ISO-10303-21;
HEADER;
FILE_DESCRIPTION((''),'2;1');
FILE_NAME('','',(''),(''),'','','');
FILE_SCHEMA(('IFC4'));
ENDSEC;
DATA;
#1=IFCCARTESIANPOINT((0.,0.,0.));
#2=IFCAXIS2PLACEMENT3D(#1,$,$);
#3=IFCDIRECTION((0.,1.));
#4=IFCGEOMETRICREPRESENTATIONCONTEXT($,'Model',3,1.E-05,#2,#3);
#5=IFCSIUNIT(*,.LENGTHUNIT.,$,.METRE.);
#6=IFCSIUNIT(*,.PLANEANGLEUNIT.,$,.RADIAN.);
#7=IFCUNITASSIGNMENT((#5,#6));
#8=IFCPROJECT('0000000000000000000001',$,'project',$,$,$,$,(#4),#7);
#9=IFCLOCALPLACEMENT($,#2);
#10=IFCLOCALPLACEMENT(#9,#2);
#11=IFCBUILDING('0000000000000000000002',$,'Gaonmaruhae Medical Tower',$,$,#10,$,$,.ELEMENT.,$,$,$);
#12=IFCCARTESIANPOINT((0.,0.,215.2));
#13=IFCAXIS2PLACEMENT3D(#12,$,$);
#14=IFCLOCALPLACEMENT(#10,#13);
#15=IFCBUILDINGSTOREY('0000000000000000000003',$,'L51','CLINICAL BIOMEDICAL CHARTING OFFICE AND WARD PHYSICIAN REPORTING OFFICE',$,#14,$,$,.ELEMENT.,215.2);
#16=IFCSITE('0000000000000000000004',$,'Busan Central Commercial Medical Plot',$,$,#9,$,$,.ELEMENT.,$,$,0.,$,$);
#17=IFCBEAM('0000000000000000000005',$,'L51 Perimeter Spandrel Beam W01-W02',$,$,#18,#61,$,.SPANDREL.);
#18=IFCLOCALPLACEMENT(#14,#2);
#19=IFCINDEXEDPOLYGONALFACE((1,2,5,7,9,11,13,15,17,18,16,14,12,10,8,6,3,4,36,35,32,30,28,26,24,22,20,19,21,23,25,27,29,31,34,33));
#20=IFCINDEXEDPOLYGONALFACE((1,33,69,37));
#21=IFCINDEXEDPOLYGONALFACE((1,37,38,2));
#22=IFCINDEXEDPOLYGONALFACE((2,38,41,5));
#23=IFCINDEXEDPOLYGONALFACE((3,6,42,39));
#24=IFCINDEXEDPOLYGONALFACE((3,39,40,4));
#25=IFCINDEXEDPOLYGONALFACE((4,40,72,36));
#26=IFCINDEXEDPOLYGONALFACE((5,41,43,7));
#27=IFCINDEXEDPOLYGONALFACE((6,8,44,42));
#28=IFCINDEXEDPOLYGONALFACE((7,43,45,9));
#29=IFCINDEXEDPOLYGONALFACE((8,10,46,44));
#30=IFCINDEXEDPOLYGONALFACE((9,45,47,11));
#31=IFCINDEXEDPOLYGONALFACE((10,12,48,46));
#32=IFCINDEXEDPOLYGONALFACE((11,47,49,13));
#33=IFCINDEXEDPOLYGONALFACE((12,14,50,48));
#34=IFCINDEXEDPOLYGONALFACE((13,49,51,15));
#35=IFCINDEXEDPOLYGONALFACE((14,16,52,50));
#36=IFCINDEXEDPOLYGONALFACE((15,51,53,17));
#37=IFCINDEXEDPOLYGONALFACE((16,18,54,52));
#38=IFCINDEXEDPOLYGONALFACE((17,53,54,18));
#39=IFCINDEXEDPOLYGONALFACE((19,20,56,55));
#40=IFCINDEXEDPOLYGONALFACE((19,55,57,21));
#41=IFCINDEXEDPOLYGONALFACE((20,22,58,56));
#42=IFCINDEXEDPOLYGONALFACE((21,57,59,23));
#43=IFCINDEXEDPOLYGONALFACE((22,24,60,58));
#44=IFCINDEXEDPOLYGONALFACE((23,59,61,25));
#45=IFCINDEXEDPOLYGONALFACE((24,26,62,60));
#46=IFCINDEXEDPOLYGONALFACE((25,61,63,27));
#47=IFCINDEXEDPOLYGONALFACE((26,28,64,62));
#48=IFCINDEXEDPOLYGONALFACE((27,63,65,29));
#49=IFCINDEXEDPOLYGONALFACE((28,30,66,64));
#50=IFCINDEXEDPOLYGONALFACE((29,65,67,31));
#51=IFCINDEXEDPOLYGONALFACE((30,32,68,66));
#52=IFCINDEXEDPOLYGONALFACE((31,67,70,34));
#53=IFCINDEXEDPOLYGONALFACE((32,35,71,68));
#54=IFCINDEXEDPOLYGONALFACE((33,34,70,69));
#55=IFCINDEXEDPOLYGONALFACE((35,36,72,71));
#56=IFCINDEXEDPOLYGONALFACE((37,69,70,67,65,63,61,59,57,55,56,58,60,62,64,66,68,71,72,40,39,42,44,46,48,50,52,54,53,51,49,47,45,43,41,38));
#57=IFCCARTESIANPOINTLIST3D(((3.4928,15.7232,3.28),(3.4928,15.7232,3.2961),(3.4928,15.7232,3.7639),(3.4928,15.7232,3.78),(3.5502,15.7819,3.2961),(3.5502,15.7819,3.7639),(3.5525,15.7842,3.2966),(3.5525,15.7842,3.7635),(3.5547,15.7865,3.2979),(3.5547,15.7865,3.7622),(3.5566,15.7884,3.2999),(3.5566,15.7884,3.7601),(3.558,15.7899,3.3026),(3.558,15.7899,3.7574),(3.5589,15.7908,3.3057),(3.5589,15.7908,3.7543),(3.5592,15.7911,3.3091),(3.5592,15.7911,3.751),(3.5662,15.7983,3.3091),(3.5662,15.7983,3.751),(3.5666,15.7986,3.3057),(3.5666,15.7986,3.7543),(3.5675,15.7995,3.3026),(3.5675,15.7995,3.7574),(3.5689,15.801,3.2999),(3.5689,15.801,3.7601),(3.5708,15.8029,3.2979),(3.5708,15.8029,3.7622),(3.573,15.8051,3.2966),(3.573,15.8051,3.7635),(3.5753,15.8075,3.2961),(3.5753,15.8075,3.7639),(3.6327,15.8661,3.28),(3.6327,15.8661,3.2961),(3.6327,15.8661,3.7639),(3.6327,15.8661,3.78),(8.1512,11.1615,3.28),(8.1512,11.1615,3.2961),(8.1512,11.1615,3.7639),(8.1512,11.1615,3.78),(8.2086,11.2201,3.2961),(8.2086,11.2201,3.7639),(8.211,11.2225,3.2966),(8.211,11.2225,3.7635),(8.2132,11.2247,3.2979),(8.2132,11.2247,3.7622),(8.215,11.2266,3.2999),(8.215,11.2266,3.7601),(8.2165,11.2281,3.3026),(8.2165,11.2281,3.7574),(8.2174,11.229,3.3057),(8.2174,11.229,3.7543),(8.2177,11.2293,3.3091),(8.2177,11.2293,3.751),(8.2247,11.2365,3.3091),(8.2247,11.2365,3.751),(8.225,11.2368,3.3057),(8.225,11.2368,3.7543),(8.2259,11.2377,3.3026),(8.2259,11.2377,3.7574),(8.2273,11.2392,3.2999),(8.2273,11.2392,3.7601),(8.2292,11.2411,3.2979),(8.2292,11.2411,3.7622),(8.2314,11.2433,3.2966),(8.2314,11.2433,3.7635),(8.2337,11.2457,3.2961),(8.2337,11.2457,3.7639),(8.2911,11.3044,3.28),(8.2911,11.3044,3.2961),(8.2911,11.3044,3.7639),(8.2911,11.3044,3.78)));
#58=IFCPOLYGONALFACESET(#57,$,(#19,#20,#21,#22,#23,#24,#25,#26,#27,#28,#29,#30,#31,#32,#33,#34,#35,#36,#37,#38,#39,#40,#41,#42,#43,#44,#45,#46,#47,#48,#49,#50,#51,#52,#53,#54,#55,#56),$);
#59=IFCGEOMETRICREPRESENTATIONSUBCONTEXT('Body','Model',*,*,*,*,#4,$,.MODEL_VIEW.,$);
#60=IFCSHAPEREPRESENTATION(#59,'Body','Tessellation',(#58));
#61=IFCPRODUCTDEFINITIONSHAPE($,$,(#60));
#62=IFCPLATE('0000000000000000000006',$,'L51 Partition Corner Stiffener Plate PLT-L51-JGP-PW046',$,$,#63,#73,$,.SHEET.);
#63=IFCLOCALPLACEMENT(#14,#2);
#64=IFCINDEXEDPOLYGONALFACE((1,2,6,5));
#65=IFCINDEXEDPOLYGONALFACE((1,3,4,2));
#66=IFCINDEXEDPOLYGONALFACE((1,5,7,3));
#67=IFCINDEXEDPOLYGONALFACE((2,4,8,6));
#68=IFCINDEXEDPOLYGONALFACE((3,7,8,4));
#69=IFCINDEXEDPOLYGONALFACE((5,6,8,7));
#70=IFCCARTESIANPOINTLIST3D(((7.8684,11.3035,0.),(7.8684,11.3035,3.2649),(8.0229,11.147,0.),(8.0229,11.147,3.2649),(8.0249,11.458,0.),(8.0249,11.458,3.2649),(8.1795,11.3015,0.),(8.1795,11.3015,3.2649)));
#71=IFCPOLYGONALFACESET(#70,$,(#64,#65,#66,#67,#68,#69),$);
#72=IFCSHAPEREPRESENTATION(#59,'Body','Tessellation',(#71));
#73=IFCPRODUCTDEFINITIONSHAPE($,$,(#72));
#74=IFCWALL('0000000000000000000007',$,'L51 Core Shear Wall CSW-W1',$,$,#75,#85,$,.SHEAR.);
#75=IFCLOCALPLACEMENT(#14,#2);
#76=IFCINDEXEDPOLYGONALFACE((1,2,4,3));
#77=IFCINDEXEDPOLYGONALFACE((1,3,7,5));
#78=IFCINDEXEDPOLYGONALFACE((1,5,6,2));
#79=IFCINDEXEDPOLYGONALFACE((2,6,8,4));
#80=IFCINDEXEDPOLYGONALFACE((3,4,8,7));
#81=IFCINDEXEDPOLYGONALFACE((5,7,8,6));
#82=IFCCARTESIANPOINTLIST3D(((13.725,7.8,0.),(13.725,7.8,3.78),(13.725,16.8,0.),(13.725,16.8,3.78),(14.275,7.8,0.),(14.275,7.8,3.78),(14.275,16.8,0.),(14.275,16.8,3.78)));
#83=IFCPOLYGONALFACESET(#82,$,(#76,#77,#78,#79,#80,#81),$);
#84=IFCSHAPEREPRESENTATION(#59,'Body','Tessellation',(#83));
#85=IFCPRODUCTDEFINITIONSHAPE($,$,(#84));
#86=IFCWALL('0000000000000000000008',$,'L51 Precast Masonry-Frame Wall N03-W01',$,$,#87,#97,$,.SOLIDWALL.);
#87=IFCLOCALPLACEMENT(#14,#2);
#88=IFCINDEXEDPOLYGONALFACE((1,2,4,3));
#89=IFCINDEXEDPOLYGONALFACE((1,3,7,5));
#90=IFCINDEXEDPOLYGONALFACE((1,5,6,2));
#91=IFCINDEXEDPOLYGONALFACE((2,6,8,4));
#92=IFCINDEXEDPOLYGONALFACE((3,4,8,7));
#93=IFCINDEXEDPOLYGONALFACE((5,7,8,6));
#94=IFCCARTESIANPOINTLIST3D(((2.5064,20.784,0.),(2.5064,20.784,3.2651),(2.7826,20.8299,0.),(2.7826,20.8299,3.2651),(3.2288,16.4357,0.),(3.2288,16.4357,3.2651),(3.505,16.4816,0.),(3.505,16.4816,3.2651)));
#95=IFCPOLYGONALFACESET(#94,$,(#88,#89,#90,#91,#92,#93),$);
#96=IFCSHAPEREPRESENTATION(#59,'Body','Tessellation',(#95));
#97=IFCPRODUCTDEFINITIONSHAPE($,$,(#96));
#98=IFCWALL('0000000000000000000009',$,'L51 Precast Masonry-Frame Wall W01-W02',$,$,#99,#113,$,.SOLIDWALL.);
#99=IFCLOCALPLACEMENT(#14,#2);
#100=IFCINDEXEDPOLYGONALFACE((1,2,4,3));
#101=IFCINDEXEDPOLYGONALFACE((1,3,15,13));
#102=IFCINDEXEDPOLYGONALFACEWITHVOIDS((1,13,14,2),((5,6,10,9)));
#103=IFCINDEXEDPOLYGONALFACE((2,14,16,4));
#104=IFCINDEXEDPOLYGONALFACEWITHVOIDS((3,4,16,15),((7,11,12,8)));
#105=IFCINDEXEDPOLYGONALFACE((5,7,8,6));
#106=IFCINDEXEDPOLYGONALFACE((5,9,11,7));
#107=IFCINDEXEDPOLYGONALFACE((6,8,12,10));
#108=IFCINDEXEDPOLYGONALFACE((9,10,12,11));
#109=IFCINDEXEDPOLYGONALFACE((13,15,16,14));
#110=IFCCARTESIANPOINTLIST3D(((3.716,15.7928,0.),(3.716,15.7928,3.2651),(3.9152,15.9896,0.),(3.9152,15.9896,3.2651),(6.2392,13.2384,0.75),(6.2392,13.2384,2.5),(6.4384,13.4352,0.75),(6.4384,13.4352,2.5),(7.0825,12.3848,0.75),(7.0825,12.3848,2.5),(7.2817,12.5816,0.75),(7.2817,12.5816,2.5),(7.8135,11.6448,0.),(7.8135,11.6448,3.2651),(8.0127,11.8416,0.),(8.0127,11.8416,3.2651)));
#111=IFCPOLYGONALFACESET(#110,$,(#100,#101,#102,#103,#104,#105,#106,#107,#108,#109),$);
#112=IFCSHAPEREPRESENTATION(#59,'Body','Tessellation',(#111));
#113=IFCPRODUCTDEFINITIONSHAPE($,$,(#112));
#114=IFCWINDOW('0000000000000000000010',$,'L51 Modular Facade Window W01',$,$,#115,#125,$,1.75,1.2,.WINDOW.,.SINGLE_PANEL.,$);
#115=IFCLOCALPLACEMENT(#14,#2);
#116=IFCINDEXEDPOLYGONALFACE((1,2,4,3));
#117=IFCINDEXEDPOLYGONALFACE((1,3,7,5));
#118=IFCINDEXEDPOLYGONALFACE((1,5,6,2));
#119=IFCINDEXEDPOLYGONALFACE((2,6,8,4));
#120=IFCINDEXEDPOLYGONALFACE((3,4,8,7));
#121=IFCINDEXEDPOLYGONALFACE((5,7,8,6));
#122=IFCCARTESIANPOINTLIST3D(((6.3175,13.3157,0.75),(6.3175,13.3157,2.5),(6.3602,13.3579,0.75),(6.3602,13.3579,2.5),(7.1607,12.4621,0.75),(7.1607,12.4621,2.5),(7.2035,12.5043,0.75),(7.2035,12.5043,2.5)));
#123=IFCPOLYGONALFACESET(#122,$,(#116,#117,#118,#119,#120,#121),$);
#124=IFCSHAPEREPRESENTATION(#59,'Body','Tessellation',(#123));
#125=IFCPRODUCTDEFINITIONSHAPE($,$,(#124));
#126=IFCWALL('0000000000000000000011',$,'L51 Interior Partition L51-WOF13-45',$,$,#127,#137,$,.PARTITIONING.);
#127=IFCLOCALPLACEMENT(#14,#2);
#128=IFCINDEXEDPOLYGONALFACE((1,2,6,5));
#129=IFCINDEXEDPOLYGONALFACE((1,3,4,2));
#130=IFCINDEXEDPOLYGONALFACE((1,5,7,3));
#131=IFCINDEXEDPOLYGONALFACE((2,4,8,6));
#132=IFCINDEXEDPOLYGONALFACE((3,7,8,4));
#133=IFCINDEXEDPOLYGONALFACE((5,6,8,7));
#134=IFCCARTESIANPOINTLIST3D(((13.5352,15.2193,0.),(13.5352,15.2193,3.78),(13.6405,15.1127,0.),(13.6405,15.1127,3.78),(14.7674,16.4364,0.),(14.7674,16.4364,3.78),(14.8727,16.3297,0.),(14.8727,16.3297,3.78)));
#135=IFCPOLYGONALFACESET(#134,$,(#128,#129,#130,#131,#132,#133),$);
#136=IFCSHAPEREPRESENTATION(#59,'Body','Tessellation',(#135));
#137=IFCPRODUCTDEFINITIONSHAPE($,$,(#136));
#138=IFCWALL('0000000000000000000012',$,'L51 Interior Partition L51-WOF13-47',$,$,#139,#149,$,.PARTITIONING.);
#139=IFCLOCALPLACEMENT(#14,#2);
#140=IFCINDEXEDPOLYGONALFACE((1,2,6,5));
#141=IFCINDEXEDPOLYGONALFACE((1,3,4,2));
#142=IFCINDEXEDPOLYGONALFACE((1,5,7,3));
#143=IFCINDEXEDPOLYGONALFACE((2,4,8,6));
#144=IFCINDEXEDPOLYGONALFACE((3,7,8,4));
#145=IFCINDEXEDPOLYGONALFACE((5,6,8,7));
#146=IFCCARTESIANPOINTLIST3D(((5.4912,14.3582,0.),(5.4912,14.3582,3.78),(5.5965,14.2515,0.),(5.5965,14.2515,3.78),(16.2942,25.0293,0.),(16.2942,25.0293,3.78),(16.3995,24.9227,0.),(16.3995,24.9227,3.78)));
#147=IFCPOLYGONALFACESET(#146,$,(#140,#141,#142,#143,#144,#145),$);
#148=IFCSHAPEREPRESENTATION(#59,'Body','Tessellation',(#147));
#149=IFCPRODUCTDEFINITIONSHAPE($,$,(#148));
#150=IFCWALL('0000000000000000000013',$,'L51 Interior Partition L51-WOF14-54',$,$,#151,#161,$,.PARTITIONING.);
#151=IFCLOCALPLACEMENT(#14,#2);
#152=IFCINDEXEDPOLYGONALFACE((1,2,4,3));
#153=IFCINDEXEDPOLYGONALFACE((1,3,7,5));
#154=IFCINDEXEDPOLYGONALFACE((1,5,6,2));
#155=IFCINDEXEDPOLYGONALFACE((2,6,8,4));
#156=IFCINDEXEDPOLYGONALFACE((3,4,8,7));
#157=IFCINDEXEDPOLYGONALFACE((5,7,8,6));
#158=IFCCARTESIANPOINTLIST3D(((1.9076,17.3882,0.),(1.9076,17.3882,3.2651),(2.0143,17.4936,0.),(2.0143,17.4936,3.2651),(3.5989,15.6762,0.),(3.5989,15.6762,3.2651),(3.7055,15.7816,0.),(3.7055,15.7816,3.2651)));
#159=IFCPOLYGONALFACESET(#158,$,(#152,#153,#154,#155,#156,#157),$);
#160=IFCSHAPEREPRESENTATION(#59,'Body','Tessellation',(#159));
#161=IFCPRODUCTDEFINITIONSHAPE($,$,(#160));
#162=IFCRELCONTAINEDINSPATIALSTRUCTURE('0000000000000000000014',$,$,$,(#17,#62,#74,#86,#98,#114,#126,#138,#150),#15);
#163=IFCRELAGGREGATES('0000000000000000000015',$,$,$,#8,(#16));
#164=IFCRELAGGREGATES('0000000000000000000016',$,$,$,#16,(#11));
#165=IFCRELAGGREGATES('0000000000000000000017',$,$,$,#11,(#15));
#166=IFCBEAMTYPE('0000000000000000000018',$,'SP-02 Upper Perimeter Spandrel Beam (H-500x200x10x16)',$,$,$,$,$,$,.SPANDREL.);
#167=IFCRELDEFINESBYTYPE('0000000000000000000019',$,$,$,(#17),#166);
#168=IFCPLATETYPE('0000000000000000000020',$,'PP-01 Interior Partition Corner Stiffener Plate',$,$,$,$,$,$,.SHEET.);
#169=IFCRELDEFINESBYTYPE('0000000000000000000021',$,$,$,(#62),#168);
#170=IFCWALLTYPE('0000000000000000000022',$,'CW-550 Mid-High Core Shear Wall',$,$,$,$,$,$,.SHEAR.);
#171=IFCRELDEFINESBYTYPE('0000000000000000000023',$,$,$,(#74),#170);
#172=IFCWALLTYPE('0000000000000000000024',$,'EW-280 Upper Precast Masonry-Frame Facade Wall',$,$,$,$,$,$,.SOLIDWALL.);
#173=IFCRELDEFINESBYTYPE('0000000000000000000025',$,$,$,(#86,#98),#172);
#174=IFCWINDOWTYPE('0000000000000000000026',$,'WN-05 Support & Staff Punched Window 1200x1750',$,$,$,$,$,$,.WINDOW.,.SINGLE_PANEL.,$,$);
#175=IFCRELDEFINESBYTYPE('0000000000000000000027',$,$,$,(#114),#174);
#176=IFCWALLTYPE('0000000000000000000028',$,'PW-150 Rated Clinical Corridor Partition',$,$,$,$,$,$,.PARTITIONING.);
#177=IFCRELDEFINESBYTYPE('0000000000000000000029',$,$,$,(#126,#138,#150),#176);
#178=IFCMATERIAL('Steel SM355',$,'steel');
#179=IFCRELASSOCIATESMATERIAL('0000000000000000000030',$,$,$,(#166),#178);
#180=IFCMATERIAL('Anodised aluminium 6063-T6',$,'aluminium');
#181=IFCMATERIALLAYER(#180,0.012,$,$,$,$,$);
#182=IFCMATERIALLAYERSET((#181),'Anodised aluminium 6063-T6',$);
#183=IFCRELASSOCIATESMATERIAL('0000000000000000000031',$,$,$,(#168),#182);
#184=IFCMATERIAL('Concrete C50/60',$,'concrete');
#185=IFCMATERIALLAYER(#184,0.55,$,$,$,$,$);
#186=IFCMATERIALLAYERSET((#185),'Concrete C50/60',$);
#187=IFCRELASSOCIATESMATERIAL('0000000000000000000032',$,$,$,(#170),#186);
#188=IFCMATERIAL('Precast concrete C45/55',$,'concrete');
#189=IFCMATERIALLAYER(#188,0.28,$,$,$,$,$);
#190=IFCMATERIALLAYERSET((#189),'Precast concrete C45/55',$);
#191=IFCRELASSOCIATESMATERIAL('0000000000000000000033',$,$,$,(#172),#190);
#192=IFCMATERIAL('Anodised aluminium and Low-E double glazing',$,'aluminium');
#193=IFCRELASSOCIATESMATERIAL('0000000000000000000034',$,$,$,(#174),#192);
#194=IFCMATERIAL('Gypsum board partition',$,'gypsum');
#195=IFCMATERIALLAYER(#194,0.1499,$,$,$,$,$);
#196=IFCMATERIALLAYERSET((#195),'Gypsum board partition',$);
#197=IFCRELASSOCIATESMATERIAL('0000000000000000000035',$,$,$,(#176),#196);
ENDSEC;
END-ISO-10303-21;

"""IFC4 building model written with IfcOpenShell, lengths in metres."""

from ifc_helpers import new_model, si_unit, direction, frame, frame_2d, origin, origin_2d, place, context, subcontext, project, spatial, rectangle, i_section, extrude, material, layer, layer_set, material_profile, profile_set, type_object, element, fill, save


model = new_model("IFC4")

# Units and contexts
model_context = context("Model", 3, precision=1e-05, world=origin(), true_north=direction((0.0, 1.0)))
body_context = subcontext(model_context, "Body", "Model", "MODEL_VIEW")
ifc_project = project(units=[si_unit("LENGTHUNIT", "METRE"), si_unit("PLANEANGLEUNIT", "RADIAN")], contexts=[model_context])

# Site, building, storey
site_placement = place(None, origin())
site = spatial("IfcSite", under=ifc_project, at=site_placement, Name="Busan Central Commercial Medical Plot", CompositionType="ELEMENT", RefElevation=0.0)
building_placement = place(site_placement, origin())
building = spatial("IfcBuilding", under=site, at=building_placement, Name="Gaonmaruhae Medical Tower", CompositionType="ELEMENT")
storey_placement = place(building_placement, frame((0.0, 0.0, 215.2)))
storey = spatial("IfcBuildingStorey", under=building, at=storey_placement, Name="L51", Description="CLINICAL BIOMEDICAL CHARTING OFFICE AND WARD PHYSICIAN REPORTING OFFICE", CompositionType="ELEMENT", Elevation=215.2)

# Shared definitions
ifc_material_1 = material(Name="Concrete C50/60", Category="concrete")

# Beam
ifc_material_2 = material(Name="Steel SM355", Category="steel")
ifc_material_profile_1 = material_profile(ifc_material_2, i_section(OverallWidth=0.2, OverallDepth=0.5, WebThickness=0.01, FlangeThickness=0.0161, FilletRadius=0.0129, at=origin_2d()), Name="H-500x200x10x16")
ifc_profile_set_1 = profile_set([ifc_material_profile_1], Name="Steel SM355")
beam_type_1 = type_object("IfcBeamType", Name="SP-02 Upper Perimeter Spandrel Beam (H-500x200x10x16)", PredefinedType="SPANDREL", material=ifc_profile_set_1)
beam_1_placement = place(storey_placement, frame((3.5627, 15.7947, 3.53), z_axis=(0.714482, -0.699654, 0.0), x_axis=(0.699654, 0.714482, 0.0)))
element("IfcBeam", 1, at=beam_1_placement, inside=storey, type_object=beam_type_1, Name="L51 Perimeter Spandrel Beam W01-W02", PredefinedType="SPANDREL", context=body_context, shape_type="SweptSolid", body=[
    extrude(i_section(OverallWidth=0.2, OverallDepth=0.5, WebThickness=0.01, FlangeThickness=0.0161, FilletRadius=0.0129, at=origin_2d()), origin(), (0.0, 0.0, 1.0), 6.52),
])

# Plate
ifc_material_3 = material(Name="Anodised aluminium 6063-T6", Category="aluminium")
ifc_layer_1 = layer(ifc_material_3, 0.012)
ifc_layer_set_1 = layer_set([ifc_layer_1], Name="Anodised aluminium 6063-T6")
plate_type = type_object("IfcPlateType", Name="PP-01 Interior Partition Corner Stiffener Plate", PredefinedType="SHEET", material=ifc_layer_set_1)
plate_placement = place(storey_placement, frame((8.0239, 11.3025, 0.0), z_axis=(0.0, 0.0, 1.0), x_axis=(-0.702625, 0.71156, 0.0)))
element("IfcPlate", 2, at=plate_placement, inside=storey, type_object=plate_type, Name="L51 Partition Corner Stiffener Plate PLT-L51-JGP-PW046", PredefinedType="SHEET", context=body_context, shape_type="SweptSolid", body=[
    extrude(rectangle(XDim=0.22, YDim=0.22, at=origin_2d()), origin(), (0.0, 0.0, 1.0), 3.2649),
])

# Walls
ifc_layer_2 = layer(ifc_material_1, 0.55)
ifc_layer_set_2 = layer_set([ifc_layer_2], Name="Concrete C50/60")
wall_type_1 = type_object("IfcWallType", Name="CW-550 Mid-High Core Shear Wall", PredefinedType="SHEAR", material=ifc_layer_set_2)
wall_1_placement = place(storey_placement, frame((14.0, 16.8, 0.0), z_axis=(0.0, 0.0, 1.0), x_axis=(0.0, -1.0, 0.0)))
element("IfcWall", 3, at=wall_1_placement, inside=storey, type_object=wall_type_1, Name="L51 Core Shear Wall CSW-W1", PredefinedType="SHEAR", context=body_context, shape_type="SweptSolid", body=[
    extrude(rectangle(XDim=9.0, YDim=0.55, at=frame_2d((4.5, 0.0))), origin(), (0.0, 0.0, 1.0), 3.78),
])
ifc_material_4 = material(Name="Precast concrete C45/55", Category="concrete")
ifc_layer_3 = layer(ifc_material_4, 0.28)
ifc_layer_set_3 = layer_set([ifc_layer_3], Name="Precast concrete C45/55")
wall_type_2 = type_object("IfcWallType", Name="EW-280 Upper Precast Masonry-Frame Facade Wall", PredefinedType="SOLIDWALL", material=ifc_layer_set_3)
wall_2_placement = place(storey_placement, frame((3.3669, 16.4585, 0.0), z_axis=(0.0, 0.0, 1.0), x_axis=(-0.163887, 0.986479, 0.0)))
element("IfcWall", 4, at=wall_2_placement, inside=storey, type_object=wall_type_2, Name="L51 Precast Masonry-Frame Wall N03-W01", PredefinedType="SOLIDWALL", context=body_context, shape_type="SweptSolid", body=[
    extrude(rectangle(XDim=4.408, YDim=0.28, at=frame_2d((2.2041, 0.0))), origin(), (0.0, 0.0, 1.0), 3.2651),
])

# Wall, opening, window
wall_3_placement = place(storey_placement, frame((7.9131, 11.7432, 0.0), z_axis=(0.0, 0.0, 1.0), x_axis=(-0.70276, 0.711427, 0.0)))
wall_3 = element("IfcWall", 5, at=wall_3_placement, inside=storey, type_object=wall_type_2, Name="L51 Precast Masonry-Frame Wall W01-W02", PredefinedType="SOLIDWALL", context=body_context, shape_type="SweptSolid", body=[
    extrude(rectangle(XDim=5.8306, YDim=0.28, at=frame_2d((2.9153, 0.0))), origin(), (0.0, 0.0, 1.0), 3.2651),
])
opening_1_placement = place(wall_3_placement, frame((1.04, 0.0, 0.75)))
opening_1 = element("IfcOpeningElement", 6, at=opening_1_placement, cuts=wall_3, PredefinedType="OPENING", context=body_context, shape_type="SweptSolid", body=[
    extrude(rectangle(XDim=1.2, YDim=1.75, at=frame_2d((0.6001, 0.875))), frame((0.0, 0.1499, 0.0), z_axis=(0.0, -1.0, 0.0), x_axis=(1.0, 0.0, 0.0)), (0.0, 0.0, 1.0), 0.3),
])
ifc_material_5 = material(Name="Anodised aluminium and Low-E double glazing", Category="aluminium")
window_type = type_object("IfcWindowType", Name="WN-05 Support & Staff Punched Window 1200x1750", PartitioningType="SINGLE_PANEL", PredefinedType="WINDOW", material=ifc_material_5)
window_placement = place(opening_1_placement, origin())
window = element("IfcWindow", 7, at=window_placement, inside=storey, type_object=window_type, Name="L51 Modular Facade Window W01", OverallHeight=1.75, OverallWidth=1.2, PartitioningType="SINGLE_PANEL", PredefinedType="WINDOW", context=body_context, shape_type="SweptSolid", body=[
    extrude(rectangle(XDim=1.2, YDim=1.75, at=frame_2d((0.6001, 0.875))), frame((0.0, 0.03, 0.0), z_axis=(0.0, -1.0, 0.0), x_axis=(1.0, 0.0, 0.0)), (0.0, 0.0, 1.0), 0.0601),
])
fill(opening_1, window)

# Walls
ifc_material_6 = material(Name="Gypsum board partition", Category="gypsum")
ifc_layer_4 = layer(ifc_material_6, 0.1499)
ifc_layer_set_4 = layer_set([ifc_layer_4], Name="Gypsum board partition")
wall_type_3 = type_object("IfcWallType", Name="PW-150 Rated Clinical Corridor Partition", PredefinedType="PARTITIONING", material=ifc_layer_set_4)
wall_4_placement = place(storey_placement, frame((14.8201, 16.3831, 0.0), z_axis=(0.0, 0.0, 1.0), x_axis=(-0.711463, -0.702723, 0.0)))
element("IfcWall", 8, at=wall_4_placement, inside=storey, type_object=wall_type_3, Name="L51 Interior Partition L51-WOF13-45", PredefinedType="PARTITIONING", context=body_context, shape_type="SweptSolid", body=[
    extrude(rectangle(XDim=1.7319, YDim=0.1499, at=frame_2d((0.866, 0.0))), origin(), (0.0, 0.0, 1.0), 3.78),
])
wall_5_placement = place(storey_placement, frame((5.5439, 14.3049, 0.0), z_axis=(0.0, 0.0, 1.0), x_axis=(0.711435, 0.702752, 0.0)))
element("IfcWall", 9, at=wall_5_placement, inside=storey, type_object=wall_type_3, Name="L51 Interior Partition L51-WOF13-47", PredefinedType="PARTITIONING", context=body_context, shape_type="SweptSolid", body=[
    extrude(rectangle(XDim=15.1848, YDim=0.1499, at=frame_2d((7.5923, 0.0))), origin(), (0.0, 0.0, 1.0), 3.78),
])
wall_6_placement = place(storey_placement, frame((3.6521, 15.729, 0.0), z_axis=(0.0, 0.0, 1.0), x_axis=(-0.702782, 0.711405, 0.0)))
element("IfcWall", 10, at=wall_6_placement, inside=storey, type_object=wall_type_3, Name="L51 Interior Partition L51-WOF14-54", PredefinedType="PARTITIONING", context=body_context, shape_type="SweptSolid", body=[
    extrude(rectangle(XDim=2.4065, YDim=0.1499, at=frame_2d((1.2031, 0.0))), origin(), (0.0, 0.0, 1.0), 3.2651),
])

save(model, "model.ifc")
